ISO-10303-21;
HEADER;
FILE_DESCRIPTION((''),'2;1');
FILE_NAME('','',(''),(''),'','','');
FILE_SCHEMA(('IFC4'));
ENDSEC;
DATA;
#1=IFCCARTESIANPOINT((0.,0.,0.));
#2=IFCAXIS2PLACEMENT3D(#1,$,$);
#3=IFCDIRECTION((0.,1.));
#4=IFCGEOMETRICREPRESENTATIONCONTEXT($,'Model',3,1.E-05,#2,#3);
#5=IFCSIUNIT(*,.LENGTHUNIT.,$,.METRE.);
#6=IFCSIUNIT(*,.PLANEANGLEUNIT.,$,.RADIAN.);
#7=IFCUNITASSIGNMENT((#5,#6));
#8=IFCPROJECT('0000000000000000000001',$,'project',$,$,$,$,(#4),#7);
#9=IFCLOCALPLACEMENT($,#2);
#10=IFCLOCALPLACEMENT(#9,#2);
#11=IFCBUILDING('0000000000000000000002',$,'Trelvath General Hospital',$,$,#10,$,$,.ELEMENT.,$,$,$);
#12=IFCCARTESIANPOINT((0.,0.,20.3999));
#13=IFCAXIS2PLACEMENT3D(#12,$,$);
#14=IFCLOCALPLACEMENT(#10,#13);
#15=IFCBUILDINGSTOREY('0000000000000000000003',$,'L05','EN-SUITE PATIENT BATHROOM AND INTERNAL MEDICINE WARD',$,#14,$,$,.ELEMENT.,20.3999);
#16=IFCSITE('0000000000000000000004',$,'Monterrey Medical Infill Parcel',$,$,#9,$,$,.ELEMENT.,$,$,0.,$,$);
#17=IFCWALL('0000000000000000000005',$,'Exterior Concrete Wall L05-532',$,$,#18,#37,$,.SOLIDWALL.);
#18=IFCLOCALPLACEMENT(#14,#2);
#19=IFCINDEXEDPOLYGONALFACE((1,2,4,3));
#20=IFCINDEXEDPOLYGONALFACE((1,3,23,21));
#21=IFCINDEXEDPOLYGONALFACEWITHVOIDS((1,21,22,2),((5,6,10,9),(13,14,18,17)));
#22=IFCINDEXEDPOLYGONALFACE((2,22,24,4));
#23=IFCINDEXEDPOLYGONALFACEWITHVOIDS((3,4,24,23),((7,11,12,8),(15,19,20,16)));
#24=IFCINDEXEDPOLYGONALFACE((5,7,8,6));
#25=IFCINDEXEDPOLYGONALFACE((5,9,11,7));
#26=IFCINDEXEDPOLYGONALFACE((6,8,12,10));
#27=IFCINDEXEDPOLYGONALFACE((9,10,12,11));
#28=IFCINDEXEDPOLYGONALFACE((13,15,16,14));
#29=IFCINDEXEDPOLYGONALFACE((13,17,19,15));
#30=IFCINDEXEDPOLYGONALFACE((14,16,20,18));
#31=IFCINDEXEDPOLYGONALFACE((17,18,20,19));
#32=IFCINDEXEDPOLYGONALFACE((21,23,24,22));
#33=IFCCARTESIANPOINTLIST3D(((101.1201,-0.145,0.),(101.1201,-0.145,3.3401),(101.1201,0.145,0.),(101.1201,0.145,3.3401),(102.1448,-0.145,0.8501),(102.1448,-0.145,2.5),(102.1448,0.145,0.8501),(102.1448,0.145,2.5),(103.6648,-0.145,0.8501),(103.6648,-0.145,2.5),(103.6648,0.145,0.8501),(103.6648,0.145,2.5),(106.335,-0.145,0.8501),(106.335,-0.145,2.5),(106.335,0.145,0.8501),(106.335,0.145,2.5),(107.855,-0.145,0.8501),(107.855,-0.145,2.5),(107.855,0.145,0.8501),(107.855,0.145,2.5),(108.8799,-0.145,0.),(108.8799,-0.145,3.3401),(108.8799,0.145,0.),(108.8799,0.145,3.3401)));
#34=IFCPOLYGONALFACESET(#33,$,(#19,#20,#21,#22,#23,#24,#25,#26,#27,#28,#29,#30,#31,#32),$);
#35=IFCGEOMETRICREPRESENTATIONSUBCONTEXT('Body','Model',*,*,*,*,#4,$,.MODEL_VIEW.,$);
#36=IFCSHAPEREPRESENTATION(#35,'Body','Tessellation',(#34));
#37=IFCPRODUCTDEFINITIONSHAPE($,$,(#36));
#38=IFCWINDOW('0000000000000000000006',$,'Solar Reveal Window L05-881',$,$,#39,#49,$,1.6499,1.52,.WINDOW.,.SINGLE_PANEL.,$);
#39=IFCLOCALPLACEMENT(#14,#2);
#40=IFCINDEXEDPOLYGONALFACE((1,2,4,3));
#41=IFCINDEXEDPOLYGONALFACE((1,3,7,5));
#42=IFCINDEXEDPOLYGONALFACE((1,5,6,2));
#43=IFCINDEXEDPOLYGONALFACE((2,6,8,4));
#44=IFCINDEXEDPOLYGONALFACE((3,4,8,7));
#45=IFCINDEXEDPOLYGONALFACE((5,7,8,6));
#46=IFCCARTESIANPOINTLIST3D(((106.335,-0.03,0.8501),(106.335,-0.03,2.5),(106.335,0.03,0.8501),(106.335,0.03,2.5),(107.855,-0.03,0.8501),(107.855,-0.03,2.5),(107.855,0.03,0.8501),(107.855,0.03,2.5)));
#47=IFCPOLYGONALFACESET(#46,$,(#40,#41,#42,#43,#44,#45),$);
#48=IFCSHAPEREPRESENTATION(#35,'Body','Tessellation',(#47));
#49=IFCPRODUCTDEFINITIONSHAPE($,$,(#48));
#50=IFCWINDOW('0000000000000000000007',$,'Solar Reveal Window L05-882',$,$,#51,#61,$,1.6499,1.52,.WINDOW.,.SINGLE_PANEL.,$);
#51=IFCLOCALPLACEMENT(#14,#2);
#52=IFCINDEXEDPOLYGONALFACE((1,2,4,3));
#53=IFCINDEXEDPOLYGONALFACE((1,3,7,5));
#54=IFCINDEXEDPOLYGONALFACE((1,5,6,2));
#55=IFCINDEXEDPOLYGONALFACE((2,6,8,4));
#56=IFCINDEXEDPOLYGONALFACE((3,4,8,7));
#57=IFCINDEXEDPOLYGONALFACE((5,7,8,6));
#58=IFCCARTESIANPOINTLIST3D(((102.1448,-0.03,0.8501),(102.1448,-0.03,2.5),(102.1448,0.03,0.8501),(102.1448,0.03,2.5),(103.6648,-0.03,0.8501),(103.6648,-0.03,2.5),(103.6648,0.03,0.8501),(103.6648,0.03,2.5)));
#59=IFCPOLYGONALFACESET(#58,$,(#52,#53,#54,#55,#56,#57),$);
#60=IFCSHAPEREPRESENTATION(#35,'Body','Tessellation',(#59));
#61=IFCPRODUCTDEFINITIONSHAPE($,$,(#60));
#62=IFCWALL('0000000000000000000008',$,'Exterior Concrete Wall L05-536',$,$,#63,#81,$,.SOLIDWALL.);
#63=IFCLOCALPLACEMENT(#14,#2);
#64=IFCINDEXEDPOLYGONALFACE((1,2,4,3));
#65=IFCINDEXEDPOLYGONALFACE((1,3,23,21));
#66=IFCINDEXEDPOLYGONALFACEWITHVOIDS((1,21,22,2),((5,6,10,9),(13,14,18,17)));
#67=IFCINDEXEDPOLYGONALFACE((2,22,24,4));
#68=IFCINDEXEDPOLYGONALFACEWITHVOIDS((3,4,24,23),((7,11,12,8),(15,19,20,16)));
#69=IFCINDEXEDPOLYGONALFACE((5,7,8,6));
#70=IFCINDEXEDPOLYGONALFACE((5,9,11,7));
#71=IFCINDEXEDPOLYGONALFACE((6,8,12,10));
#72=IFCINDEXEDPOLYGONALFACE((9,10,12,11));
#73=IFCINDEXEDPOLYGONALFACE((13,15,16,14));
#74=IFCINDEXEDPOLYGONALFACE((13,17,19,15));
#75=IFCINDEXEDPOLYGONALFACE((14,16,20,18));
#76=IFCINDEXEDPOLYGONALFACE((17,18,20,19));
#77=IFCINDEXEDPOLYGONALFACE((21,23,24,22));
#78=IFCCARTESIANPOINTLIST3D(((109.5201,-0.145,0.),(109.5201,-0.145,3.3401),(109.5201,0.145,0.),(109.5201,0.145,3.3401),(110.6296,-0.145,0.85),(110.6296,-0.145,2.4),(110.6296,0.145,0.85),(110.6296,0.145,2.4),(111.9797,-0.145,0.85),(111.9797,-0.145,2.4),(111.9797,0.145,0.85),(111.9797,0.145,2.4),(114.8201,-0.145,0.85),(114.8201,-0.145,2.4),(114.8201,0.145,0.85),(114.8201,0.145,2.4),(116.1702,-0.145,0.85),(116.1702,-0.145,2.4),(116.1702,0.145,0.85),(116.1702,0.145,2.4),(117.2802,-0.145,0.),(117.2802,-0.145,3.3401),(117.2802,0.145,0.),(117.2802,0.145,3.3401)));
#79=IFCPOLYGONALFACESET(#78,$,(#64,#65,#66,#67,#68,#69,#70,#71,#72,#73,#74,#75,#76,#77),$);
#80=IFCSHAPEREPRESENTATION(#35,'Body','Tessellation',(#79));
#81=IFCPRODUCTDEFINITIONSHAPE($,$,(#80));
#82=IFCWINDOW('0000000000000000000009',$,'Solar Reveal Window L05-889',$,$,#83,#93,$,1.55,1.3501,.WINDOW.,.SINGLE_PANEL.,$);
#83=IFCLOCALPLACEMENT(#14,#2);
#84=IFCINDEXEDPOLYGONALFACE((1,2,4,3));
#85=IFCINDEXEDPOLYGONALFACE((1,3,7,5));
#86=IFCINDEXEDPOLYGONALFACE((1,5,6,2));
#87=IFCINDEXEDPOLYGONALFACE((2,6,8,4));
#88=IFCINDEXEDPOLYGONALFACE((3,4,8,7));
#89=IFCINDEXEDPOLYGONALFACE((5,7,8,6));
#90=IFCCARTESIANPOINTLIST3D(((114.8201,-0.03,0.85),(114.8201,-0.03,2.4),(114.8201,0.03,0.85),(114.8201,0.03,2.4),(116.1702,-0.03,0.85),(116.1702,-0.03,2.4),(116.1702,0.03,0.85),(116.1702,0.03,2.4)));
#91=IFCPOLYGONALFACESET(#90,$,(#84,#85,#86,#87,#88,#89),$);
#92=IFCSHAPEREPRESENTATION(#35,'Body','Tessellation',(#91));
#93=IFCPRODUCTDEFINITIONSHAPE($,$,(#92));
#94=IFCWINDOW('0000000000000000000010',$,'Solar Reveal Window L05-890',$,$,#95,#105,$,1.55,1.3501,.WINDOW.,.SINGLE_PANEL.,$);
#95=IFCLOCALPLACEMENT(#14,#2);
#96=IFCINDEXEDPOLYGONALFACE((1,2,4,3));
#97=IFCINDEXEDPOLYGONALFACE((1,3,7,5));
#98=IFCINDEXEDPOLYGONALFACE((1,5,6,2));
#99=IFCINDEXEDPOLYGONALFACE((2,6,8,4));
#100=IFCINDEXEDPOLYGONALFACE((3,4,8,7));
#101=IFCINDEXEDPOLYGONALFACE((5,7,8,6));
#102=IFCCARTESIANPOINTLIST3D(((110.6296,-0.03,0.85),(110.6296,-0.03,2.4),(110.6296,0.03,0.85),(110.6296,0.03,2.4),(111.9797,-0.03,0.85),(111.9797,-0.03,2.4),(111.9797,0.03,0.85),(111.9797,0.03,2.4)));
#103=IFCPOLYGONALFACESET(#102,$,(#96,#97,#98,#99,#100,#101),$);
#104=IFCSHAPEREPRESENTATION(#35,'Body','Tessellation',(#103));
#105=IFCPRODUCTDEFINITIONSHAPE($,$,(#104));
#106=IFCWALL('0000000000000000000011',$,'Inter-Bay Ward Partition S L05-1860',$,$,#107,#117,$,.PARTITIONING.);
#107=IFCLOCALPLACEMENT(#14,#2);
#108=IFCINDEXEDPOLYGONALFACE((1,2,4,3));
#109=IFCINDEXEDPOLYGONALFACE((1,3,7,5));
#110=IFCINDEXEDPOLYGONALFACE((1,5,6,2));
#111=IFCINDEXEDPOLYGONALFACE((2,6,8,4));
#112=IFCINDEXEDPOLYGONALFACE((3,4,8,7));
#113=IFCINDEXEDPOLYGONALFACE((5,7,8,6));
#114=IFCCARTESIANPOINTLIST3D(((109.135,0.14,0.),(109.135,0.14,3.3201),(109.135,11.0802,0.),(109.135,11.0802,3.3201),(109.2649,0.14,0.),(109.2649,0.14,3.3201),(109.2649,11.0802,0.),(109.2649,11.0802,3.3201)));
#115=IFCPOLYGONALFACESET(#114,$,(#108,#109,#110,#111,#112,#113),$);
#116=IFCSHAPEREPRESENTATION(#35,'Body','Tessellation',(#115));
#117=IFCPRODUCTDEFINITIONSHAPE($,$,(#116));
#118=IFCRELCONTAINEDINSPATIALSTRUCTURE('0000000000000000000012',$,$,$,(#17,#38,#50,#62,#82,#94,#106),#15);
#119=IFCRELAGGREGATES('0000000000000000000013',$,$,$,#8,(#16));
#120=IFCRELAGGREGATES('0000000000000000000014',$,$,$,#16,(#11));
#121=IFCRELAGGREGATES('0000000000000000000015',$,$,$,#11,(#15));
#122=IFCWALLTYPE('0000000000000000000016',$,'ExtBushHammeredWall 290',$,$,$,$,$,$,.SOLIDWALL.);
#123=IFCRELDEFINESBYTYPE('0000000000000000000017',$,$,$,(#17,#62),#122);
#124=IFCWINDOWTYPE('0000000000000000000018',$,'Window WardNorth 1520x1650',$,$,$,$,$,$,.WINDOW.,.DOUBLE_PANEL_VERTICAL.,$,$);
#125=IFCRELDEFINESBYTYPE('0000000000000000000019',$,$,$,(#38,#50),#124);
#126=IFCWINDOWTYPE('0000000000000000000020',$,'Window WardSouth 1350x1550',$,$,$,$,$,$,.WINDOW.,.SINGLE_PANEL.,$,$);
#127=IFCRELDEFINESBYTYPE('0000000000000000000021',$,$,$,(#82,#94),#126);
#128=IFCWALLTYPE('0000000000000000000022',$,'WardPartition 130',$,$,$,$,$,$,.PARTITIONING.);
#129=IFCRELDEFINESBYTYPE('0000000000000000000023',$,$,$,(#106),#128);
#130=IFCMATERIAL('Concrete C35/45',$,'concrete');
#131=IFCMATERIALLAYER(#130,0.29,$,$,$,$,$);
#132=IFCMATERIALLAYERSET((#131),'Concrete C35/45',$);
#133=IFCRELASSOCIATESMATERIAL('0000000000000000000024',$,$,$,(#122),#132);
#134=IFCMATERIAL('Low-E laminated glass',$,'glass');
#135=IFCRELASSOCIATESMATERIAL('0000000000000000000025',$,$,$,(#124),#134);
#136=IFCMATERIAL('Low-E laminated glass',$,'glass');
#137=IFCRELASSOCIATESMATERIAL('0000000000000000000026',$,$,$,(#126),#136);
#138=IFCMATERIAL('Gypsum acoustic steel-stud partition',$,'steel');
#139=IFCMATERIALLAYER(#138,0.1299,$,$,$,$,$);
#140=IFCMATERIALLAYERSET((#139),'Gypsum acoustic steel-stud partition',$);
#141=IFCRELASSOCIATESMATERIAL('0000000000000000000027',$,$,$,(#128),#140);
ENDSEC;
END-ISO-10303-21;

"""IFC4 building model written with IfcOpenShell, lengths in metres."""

from ifc_helpers import new_model, si_unit, direction, frame, frame_2d, origin, place, context, subcontext, project, spatial, rectangle, extrude, material, layer, layer_set, type_object, element, fill, save


model = new_model("IFC4")

# Units and contexts
model_context = context("Model", 3, precision=1e-05, world=origin(), true_north=direction((0.0, 1.0)))
body_context = subcontext(model_context, "Body", "Model", "MODEL_VIEW")
ifc_project = project(units=[si_unit("LENGTHUNIT", "METRE"), si_unit("PLANEANGLEUNIT", "RADIAN")], contexts=[model_context])

# Site, building, storey
site_placement = place(None, origin())
site = spatial("IfcSite", under=ifc_project, at=site_placement, Name="Monterrey Medical Infill Parcel", CompositionType="ELEMENT", RefElevation=0.0)
building_placement = place(site_placement, origin())
building = spatial("IfcBuilding", under=site, at=building_placement, Name="Trelvath General Hospital", CompositionType="ELEMENT")
storey_placement = place(building_placement, frame((0.0, 0.0, 20.3999)))
storey = spatial("IfcBuildingStorey", under=building, at=storey_placement, Name="L05", Description="EN-SUITE PATIENT BATHROOM AND INTERNAL MEDICINE WARD", CompositionType="ELEMENT", Elevation=20.3999)

# Walls, openings, windows
ifc_material_1 = material(Name="Concrete C35/45", Category="concrete")
ifc_layer_1 = layer(ifc_material_1, 0.29)
ifc_layer_set_1 = layer_set([ifc_layer_1], Name="Concrete C35/45")
wall_type_1 = type_object("IfcWallType", Name="ExtBushHammeredWall 290", PredefinedType="SOLIDWALL", material=ifc_layer_set_1)
wall_1_placement = place(storey_placement, frame((108.8799, 0.0, 0.0), z_axis=(0.0, 0.0, 1.0), x_axis=(-1.0, 0.0, 0.0)))
wall_1 = element("IfcWall", 1, at=wall_1_placement, inside=storey, type_object=wall_type_1, Name="Exterior Concrete Wall L05-532", PredefinedType="SOLIDWALL", context=body_context, shape_type="SweptSolid", body=[
    extrude(rectangle(XDim=7.7598, YDim=0.29, at=frame_2d((3.8799, 0.0))), origin(), (0.0, 0.0, 1.0), 3.3401),
])
opening_1_placement = place(wall_1_placement, frame((1.0249, 0.0, 0.8501)))
opening_1 = element("IfcOpeningElement", 2, at=opening_1_placement, cuts=wall_1, PredefinedType="OPENING", context=body_context, shape_type="SweptSolid", body=[
    extrude(rectangle(XDim=1.52, YDim=1.6499, at=frame_2d((0.76, 0.825))), frame((0.0, 0.155, 0.0), z_axis=(0.0, -1.0, 0.0), x_axis=(1.0, 0.0, 0.0)), (0.0, 0.0, 1.0), 0.3101),
])
opening_2_placement = place(wall_1_placement, frame((5.2151, 0.0, 0.8501)))
opening_2 = element("IfcOpeningElement", 3, at=opening_2_placement, cuts=wall_1, PredefinedType="OPENING", context=body_context, shape_type="SweptSolid", body=[
    extrude(rectangle(XDim=1.52, YDim=1.6499, at=frame_2d((0.76, 0.825))), frame((0.0, 0.155, 0.0), z_axis=(0.0, -1.0, 0.0), x_axis=(1.0, 0.0, 0.0)), (0.0, 0.0, 1.0), 0.3101),
])
ifc_material_2 = material(Name="Low-E laminated glass", Category="glass")
window_type_1 = type_object("IfcWindowType", Name="Window WardNorth 1520x1650", PartitioningType="DOUBLE_PANEL_VERTICAL", PredefinedType="WINDOW", material=ifc_material_2)
window_1_placement = place(opening_1_placement, origin())
window_1 = element("IfcWindow", 4, at=window_1_placement, inside=storey, type_object=window_type_1, Name="Solar Reveal Window L05-881", OverallHeight=1.6499, OverallWidth=1.52, PartitioningType="SINGLE_PANEL", PredefinedType="WINDOW", context=body_context, shape_type="SweptSolid", body=[
    extrude(rectangle(XDim=1.52, YDim=1.6499, at=frame_2d((0.76, 0.825))), frame((0.0, 0.03, 0.0), z_axis=(0.0, -1.0, 0.0), x_axis=(1.0, 0.0, 0.0)), (0.0, 0.0, 1.0), 0.0601),
])
fill(opening_1, window_1)
window_2_placement = place(opening_2_placement, origin())
window_2 = element("IfcWindow", 5, at=window_2_placement, inside=storey, type_object=window_type_1, Name="Solar Reveal Window L05-882", OverallHeight=1.6499, OverallWidth=1.52, PartitioningType="SINGLE_PANEL", PredefinedType="WINDOW", context=body_context, shape_type="SweptSolid", body=[
    extrude(rectangle(XDim=1.52, YDim=1.6499, at=frame_2d((0.76, 0.825))), frame((0.0, 0.03, 0.0), z_axis=(0.0, -1.0, 0.0), x_axis=(1.0, 0.0, 0.0)), (0.0, 0.0, 1.0), 0.0601),
])
fill(opening_2, window_2)
wall_2_placement = place(storey_placement, frame((117.28, 0.0, 0.0), z_axis=(0.0, 0.0, 1.0), x_axis=(-1.0, 0.0, 0.0)))
wall_2 = element("IfcWall", 6, at=wall_2_placement, inside=storey, type_object=wall_type_1, Name="Exterior Concrete Wall L05-536", PredefinedType="SOLIDWALL", context=body_context, shape_type="SweptSolid", body=[
    extrude(rectangle(XDim=7.76, YDim=0.29, at=frame_2d((3.8799, 0.0))), origin(), (0.0, 0.0, 1.0), 3.3401),
])
opening_3_placement = place(wall_2_placement, frame((1.1099, 0.0, 0.8501)))
opening_3 = element("IfcOpeningElement", 7, at=opening_3_placement, cuts=wall_2, PredefinedType="OPENING", context=body_context, shape_type="SweptSolid", body=[
    extrude(rectangle(XDim=1.3501, YDim=1.55, at=frame_2d((0.675, 0.7749))), frame((0.0, 0.155, 0.0), z_axis=(0.0, -1.0, 0.0), x_axis=(1.0, 0.0, 0.0)), (0.0, 0.0, 1.0), 0.3101),
])
opening_4_placement = place(wall_2_placement, frame((5.3003, 0.0, 0.8501)))
opening_4 = element("IfcOpeningElement", 8, at=opening_4_placement, cuts=wall_2, PredefinedType="OPENING", context=body_context, shape_type="SweptSolid", body=[
    extrude(rectangle(XDim=1.3501, YDim=1.55, at=frame_2d((0.675, 0.7749))), frame((0.0, 0.155, 0.0), z_axis=(0.0, -1.0, 0.0), x_axis=(1.0, 0.0, 0.0)), (0.0, 0.0, 1.0), 0.3101),
])
ifc_material_3 = material(Name="Low-E laminated glass", Category="glass")
window_type_2 = type_object("IfcWindowType", Name="Window WardSouth 1350x1550", PartitioningType="SINGLE_PANEL", PredefinedType="WINDOW", material=ifc_material_3)
window_3_placement = place(opening_3_placement, origin())
window_3 = element("IfcWindow", 9, at=window_3_placement, inside=storey, type_object=window_type_2, Name="Solar Reveal Window L05-889", OverallHeight=1.55, OverallWidth=1.3501, PartitioningType="SINGLE_PANEL", PredefinedType="WINDOW", context=body_context, shape_type="SweptSolid", body=[
    extrude(rectangle(XDim=1.3501, YDim=1.55, at=frame_2d((0.675, 0.7749))), frame((0.0, 0.03, 0.0), z_axis=(0.0, -1.0, 0.0), x_axis=(1.0, 0.0, 0.0)), (0.0, 0.0, 1.0), 0.0601),
])
fill(opening_3, window_3)
window_4_placement = place(opening_4_placement, origin())
window_4 = element("IfcWindow", 10, at=window_4_placement, inside=storey, type_object=window_type_2, Name="Solar Reveal Window L05-890", OverallHeight=1.55, OverallWidth=1.3501, PartitioningType="SINGLE_PANEL", PredefinedType="WINDOW", context=body_context, shape_type="SweptSolid", body=[
    extrude(rectangle(XDim=1.3501, YDim=1.55, at=frame_2d((0.675, 0.7749))), frame((0.0, 0.03, 0.0), z_axis=(0.0, -1.0, 0.0), x_axis=(1.0, 0.0, 0.0)), (0.0, 0.0, 1.0), 0.0601),
])
fill(opening_4, window_4)

# Wall
ifc_material_4 = material(Name="Gypsum acoustic steel-stud partition", Category="steel")
ifc_layer_2 = layer(ifc_material_4, 0.1299)
ifc_layer_set_2 = layer_set([ifc_layer_2], Name="Gypsum acoustic steel-stud partition")
wall_type_2 = type_object("IfcWallType", Name="WardPartition 130", PredefinedType="PARTITIONING", material=ifc_layer_set_2)
wall_3_placement = place(storey_placement, frame((109.2, 0.1399, 0.0), z_axis=(0.0, 0.0, 1.0), x_axis=(0.0, 1.0, 0.0)))
element("IfcWall", 11, at=wall_3_placement, inside=storey, type_object=wall_type_2, Name="Inter-Bay Ward Partition S L05-1860", PredefinedType="PARTITIONING", context=body_context, shape_type="SweptSolid", body=[
    extrude(rectangle(XDim=10.9402, YDim=0.1299, at=frame_2d((5.4702, 0.0))), origin(), (0.0, 0.0, 1.0), 3.3201),
])

save(model, "model.ifc")
